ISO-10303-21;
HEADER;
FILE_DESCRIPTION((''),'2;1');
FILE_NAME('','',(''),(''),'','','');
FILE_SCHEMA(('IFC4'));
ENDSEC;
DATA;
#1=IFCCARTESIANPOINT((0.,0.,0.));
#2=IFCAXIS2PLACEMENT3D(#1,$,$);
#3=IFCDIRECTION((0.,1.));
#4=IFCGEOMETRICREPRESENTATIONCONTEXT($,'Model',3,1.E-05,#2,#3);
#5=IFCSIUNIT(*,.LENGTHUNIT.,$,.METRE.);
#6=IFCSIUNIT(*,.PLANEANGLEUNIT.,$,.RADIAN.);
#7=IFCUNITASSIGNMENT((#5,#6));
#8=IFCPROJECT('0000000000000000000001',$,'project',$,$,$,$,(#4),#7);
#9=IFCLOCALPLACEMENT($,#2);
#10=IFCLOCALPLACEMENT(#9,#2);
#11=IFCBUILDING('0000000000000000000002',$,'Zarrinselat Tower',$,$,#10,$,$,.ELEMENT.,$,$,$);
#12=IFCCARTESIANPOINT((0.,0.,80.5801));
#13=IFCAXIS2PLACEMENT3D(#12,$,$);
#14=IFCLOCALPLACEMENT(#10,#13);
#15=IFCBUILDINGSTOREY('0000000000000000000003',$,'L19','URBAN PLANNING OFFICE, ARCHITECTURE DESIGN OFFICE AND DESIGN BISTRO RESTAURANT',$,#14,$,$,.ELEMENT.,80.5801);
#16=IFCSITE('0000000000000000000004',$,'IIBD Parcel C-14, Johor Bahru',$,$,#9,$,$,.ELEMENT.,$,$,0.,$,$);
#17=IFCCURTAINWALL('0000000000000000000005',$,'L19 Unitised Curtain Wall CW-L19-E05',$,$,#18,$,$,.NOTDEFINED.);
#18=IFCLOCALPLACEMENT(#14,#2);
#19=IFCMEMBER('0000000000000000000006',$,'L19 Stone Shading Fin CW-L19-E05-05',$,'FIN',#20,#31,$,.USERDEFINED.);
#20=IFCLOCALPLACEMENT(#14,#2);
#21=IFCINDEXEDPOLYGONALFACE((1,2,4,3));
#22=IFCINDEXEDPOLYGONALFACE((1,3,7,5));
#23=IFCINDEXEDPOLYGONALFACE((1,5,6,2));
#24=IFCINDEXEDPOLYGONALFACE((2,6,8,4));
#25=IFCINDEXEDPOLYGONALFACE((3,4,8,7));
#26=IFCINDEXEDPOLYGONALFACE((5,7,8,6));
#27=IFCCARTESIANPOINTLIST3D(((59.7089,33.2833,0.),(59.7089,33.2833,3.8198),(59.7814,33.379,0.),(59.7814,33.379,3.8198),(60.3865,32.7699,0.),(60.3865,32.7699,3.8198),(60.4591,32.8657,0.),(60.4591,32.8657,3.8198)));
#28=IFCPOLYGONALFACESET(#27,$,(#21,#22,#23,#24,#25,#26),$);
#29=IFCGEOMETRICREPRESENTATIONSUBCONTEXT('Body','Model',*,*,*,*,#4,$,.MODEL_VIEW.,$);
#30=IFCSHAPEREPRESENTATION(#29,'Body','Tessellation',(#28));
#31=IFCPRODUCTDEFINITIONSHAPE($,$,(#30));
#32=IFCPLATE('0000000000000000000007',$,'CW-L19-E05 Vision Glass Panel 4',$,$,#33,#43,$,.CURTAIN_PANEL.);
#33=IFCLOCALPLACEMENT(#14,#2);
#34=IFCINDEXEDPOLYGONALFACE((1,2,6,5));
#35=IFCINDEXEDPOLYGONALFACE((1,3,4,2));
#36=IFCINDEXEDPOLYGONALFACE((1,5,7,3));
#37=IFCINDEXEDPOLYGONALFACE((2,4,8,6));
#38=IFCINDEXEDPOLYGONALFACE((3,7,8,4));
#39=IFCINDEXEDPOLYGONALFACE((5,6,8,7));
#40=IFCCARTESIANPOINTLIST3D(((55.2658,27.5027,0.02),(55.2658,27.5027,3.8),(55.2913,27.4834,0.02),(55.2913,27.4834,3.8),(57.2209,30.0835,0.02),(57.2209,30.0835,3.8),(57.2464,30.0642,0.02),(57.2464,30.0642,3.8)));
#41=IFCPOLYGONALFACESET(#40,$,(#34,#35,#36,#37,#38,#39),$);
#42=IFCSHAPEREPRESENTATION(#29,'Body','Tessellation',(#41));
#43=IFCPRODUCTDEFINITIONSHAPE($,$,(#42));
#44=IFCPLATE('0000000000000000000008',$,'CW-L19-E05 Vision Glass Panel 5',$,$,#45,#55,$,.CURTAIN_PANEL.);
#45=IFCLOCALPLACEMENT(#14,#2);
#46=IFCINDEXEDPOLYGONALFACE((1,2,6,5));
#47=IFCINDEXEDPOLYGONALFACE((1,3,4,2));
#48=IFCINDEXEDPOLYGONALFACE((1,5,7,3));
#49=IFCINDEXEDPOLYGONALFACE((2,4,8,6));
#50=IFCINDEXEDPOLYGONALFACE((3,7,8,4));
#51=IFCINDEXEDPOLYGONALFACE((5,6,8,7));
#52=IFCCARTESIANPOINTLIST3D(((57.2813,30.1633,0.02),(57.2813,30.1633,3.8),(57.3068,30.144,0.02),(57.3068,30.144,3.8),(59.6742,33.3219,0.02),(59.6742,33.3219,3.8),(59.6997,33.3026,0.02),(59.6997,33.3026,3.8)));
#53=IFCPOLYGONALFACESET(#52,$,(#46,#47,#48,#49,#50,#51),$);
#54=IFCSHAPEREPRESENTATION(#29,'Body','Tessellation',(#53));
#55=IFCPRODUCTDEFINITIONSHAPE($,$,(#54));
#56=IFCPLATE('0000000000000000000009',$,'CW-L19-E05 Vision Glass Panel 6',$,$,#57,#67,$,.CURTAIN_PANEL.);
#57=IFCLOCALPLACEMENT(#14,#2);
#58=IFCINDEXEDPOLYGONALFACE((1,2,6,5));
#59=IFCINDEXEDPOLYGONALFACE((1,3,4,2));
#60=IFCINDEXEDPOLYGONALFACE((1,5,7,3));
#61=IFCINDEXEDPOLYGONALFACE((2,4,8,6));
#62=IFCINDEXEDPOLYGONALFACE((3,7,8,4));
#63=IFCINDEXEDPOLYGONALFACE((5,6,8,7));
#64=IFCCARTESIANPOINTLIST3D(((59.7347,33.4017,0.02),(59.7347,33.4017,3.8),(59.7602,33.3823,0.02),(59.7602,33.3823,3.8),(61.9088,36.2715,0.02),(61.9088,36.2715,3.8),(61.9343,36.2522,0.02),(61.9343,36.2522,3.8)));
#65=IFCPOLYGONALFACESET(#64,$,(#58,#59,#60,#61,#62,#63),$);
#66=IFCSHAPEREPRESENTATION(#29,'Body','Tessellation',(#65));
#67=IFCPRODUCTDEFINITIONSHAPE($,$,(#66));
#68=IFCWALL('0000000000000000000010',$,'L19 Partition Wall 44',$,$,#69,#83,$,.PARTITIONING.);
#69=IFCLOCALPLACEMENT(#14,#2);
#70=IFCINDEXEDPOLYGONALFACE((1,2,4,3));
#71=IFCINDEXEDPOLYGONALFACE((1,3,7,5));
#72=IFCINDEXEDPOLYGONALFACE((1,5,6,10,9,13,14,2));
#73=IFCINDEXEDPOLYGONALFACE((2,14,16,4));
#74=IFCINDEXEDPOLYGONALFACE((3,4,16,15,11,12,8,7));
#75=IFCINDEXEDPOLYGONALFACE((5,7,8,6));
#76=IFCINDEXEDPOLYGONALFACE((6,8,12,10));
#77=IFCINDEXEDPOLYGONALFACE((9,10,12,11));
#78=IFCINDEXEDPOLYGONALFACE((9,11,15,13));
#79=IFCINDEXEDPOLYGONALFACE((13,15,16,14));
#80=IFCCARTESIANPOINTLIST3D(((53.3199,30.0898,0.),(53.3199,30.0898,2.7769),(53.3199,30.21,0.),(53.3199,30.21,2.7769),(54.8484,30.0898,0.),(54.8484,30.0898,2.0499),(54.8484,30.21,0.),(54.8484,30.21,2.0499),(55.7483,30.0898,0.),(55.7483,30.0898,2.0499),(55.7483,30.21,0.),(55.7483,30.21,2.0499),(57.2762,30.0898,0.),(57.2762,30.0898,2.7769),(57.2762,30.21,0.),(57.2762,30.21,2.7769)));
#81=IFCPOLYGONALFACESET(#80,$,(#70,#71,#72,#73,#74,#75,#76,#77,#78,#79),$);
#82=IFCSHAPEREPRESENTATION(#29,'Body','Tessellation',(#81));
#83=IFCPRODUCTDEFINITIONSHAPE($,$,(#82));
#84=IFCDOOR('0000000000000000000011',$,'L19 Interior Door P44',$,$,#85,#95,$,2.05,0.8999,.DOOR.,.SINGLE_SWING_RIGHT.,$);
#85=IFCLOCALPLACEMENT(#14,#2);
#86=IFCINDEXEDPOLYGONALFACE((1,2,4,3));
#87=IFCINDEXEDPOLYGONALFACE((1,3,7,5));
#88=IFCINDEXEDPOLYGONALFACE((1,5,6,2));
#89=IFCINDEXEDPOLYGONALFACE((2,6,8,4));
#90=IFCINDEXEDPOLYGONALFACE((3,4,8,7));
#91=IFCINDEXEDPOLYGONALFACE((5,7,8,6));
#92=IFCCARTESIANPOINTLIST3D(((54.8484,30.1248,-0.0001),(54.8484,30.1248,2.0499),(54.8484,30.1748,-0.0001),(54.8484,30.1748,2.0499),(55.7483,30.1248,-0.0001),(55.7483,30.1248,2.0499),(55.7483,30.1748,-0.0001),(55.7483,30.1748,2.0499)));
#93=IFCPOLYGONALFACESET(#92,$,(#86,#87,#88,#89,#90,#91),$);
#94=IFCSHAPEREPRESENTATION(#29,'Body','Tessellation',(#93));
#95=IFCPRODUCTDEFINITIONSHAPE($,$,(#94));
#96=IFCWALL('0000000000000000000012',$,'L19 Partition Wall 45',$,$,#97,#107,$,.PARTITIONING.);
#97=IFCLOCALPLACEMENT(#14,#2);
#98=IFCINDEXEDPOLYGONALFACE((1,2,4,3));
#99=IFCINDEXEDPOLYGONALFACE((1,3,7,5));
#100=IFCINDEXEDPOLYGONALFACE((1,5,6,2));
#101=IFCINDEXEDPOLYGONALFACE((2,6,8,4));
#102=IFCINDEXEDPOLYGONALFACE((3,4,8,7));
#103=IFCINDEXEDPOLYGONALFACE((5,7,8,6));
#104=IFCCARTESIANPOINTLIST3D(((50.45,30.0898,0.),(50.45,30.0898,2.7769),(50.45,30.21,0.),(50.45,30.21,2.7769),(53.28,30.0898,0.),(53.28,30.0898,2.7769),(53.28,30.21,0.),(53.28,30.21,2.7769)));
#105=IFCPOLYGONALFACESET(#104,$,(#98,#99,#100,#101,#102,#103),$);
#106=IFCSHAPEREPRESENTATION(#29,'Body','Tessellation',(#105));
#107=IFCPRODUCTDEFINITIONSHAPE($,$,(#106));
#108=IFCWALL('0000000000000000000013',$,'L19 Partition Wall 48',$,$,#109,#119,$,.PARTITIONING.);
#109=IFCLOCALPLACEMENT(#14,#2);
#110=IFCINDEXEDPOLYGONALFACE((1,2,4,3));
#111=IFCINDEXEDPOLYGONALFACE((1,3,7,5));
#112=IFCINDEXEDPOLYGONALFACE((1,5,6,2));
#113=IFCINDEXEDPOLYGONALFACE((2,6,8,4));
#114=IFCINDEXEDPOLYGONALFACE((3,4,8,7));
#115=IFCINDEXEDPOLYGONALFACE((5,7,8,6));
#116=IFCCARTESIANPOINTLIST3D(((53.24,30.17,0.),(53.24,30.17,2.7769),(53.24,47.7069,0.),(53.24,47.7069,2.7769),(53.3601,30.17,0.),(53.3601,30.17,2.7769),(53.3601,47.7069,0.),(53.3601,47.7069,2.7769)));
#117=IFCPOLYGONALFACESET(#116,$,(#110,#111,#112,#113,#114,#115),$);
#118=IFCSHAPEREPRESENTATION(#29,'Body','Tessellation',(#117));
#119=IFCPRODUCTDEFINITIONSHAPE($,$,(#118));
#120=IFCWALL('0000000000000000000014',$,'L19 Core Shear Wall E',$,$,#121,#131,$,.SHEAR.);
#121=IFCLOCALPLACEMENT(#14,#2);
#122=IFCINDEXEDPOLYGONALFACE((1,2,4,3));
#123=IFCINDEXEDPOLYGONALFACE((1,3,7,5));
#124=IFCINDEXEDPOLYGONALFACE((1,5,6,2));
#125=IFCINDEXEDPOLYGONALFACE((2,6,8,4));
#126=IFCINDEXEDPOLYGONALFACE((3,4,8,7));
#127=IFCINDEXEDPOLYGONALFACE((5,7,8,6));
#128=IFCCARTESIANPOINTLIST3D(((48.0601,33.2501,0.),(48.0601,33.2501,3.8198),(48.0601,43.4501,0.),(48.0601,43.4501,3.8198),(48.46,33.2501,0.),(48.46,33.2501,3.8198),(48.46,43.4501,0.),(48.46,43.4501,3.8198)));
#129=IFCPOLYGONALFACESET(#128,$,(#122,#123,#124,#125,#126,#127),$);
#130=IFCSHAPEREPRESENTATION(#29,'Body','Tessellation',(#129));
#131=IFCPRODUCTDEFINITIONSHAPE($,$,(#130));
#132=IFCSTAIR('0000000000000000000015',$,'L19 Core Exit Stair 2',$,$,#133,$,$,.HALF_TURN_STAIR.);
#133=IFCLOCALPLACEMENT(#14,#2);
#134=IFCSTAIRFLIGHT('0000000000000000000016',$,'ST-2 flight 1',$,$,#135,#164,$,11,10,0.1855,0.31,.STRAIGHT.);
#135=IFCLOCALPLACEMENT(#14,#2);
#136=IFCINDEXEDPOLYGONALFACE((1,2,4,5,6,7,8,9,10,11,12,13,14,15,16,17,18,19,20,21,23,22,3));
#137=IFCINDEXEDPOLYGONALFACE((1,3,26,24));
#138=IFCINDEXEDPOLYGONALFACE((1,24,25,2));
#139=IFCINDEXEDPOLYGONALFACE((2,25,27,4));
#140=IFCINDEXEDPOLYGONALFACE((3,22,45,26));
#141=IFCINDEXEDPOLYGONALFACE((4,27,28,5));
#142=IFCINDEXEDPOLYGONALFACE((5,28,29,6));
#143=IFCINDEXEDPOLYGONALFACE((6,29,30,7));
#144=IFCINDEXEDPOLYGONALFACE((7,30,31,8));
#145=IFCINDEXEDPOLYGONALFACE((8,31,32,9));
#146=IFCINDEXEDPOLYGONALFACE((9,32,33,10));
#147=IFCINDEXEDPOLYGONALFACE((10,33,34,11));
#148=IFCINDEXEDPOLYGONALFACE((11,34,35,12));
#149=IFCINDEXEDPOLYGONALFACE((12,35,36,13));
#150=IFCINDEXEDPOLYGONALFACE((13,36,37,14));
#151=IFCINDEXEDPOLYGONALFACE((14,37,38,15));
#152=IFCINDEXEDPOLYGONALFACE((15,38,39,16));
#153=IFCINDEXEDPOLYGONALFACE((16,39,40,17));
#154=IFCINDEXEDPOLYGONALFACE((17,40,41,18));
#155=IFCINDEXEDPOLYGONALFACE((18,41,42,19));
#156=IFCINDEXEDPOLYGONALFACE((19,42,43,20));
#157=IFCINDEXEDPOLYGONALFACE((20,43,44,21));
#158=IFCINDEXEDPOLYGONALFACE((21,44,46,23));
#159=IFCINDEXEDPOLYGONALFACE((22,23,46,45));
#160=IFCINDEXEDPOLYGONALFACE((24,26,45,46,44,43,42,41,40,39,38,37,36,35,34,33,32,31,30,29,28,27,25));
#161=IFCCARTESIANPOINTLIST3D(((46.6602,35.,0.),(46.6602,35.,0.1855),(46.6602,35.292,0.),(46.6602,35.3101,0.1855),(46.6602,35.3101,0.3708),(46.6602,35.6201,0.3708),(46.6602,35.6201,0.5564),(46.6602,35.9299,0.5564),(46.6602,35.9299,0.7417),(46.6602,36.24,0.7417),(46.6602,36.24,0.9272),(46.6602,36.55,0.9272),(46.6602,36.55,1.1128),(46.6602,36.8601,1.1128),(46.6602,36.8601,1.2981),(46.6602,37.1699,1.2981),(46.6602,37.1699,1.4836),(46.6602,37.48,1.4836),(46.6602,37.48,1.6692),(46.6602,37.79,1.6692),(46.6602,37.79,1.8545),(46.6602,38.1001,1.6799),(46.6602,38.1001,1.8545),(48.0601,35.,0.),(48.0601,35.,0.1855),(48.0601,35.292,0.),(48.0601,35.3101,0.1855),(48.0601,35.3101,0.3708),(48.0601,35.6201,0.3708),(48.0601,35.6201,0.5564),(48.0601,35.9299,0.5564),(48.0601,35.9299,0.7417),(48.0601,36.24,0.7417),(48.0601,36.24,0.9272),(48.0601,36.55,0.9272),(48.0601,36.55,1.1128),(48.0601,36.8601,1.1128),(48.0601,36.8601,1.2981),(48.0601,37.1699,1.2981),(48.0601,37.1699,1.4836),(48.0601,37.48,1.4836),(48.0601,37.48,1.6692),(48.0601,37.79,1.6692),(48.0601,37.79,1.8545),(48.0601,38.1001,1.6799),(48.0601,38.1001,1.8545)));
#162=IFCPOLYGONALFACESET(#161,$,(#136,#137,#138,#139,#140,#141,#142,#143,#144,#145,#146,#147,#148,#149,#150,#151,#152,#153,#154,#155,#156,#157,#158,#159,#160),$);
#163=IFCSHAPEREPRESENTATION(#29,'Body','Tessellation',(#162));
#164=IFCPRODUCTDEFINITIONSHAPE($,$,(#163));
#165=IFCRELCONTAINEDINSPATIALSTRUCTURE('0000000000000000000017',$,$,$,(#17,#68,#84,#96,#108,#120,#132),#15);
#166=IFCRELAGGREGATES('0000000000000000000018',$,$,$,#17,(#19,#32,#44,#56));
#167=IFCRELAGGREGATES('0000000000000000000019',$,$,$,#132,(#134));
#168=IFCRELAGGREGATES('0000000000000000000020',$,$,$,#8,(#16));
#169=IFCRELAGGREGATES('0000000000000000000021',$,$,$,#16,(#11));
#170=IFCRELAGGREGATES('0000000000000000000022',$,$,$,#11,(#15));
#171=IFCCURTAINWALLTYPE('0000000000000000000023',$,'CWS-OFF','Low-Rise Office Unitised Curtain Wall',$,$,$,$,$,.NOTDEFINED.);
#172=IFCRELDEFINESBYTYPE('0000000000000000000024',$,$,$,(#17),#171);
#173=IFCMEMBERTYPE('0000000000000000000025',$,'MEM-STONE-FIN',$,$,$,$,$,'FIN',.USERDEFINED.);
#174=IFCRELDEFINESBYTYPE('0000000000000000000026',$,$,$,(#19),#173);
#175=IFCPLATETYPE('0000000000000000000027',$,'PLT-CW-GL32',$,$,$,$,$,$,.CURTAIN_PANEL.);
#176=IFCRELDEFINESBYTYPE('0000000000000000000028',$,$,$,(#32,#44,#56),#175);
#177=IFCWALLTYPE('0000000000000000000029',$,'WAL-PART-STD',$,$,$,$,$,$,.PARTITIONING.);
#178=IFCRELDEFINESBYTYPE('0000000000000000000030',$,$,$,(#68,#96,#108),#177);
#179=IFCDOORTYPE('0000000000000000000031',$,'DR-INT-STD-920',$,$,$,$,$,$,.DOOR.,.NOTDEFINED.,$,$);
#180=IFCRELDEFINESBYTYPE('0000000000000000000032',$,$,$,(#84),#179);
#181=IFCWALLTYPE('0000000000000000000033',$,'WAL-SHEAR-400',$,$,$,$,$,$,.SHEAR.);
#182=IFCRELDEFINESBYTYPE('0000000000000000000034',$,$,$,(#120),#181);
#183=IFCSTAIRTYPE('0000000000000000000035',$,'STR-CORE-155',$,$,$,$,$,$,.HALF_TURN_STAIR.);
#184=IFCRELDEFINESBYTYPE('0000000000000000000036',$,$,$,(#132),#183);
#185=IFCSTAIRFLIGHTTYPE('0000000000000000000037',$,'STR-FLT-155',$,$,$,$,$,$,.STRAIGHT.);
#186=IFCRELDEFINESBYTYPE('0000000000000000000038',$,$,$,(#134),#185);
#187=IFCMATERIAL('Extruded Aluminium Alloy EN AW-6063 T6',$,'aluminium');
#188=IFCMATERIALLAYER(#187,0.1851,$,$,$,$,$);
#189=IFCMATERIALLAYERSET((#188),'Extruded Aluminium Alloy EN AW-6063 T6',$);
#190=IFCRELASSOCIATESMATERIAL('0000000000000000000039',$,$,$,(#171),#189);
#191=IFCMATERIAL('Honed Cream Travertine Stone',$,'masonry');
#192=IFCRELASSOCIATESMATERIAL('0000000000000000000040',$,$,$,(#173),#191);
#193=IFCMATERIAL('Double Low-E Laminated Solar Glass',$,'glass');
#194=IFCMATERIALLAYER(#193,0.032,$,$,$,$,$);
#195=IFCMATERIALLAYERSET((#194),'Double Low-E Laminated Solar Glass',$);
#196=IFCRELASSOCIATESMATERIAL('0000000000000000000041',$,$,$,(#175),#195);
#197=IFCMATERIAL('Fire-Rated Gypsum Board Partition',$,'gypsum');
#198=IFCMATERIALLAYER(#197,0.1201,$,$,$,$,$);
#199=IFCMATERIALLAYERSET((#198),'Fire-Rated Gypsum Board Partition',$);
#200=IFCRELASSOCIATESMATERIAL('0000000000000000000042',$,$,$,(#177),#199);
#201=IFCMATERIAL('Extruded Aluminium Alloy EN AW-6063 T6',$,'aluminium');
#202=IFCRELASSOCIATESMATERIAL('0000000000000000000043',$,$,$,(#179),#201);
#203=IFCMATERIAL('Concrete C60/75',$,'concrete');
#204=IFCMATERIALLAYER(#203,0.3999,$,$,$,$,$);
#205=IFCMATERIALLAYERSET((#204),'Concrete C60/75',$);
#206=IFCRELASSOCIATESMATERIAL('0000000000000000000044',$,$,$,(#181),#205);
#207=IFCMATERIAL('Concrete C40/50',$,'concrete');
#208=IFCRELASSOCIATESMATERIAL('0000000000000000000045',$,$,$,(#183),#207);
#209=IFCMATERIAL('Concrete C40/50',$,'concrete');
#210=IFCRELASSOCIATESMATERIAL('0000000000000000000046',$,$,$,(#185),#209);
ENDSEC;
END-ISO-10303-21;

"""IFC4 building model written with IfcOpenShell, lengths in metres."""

from ifc_helpers import new_model, si_unit, direction, frame, frame_2d, origin, origin_2d, place, context, subcontext, project, spatial, polyline, rectangle, outline, extrude, material, layer, layer_set, material_profile, profile_set, type_object, element, fill, aggregate, save


model = new_model("IFC4")

# Units and contexts
model_context = context("Model", 3, precision=1e-05, world=origin(), true_north=direction((0.0, 1.0)))
body_context = subcontext(model_context, "Body", "Model", "MODEL_VIEW")
ifc_project = project(units=[si_unit("LENGTHUNIT", "METRE"), si_unit("PLANEANGLEUNIT", "RADIAN")], contexts=[model_context])

# Site, building, storey
site_placement = place(None, origin())
site = spatial("IfcSite", under=ifc_project, at=site_placement, Name="IIBD Parcel C-14, Johor Bahru", CompositionType="ELEMENT", RefElevation=0.0)
building_placement = place(site_placement, origin())
building = spatial("IfcBuilding", under=site, at=building_placement, Name="Zarrinselat Tower", CompositionType="ELEMENT")
storey_placement = place(building_placement, frame((0.0, 0.0, 80.5801)))
storey = spatial("IfcBuildingStorey", under=building, at=storey_placement, Name="L19", Description="URBAN PLANNING OFFICE, ARCHITECTURE DESIGN OFFICE AND DESIGN BISTRO RESTAURANT", CompositionType="ELEMENT", Elevation=80.5801)

# Curtain wall, member, plates
ifc_material_1 = material(Name="Extruded Aluminium Alloy EN AW-6063 T6", Category="aluminium")
ifc_layer_1 = layer(ifc_material_1, 0.1851)
ifc_layer_set_1 = layer_set([ifc_layer_1], Name="Extruded Aluminium Alloy EN AW-6063 T6")
curtain_wall_type = type_object("IfcCurtainWallType", Name="CWS-OFF", Description="Low-Rise Office Unitised Curtain Wall", PredefinedType="NOTDEFINED", material=ifc_layer_set_1)
curtain_wall_placement = place(storey_placement, origin())
curtain_wall = element("IfcCurtainWall", 1, at=curtain_wall_placement, inside=storey, type_object=curtain_wall_type, Name="L19 Unitised Curtain Wall CW-L19-E05", PredefinedType="NOTDEFINED")
ifc_material_2 = material(Name="Honed Cream Travertine Stone", Category="masonry")
ifc_material_profile_1 = material_profile(ifc_material_2, rectangle(XDim=0.1201, YDim=0.8501, at=origin_2d()), Name="FIN 850x120")
ifc_profile_set_1 = profile_set([ifc_material_profile_1], Name="Honed Cream Travertine Stone")
member_type_1 = type_object("IfcMemberType", Name="MEM-STONE-FIN", ElementType="FIN", PredefinedType="USERDEFINED", material=ifc_profile_set_1)
member_1_placement = place(storey_placement, frame((60.084, 33.0745, 0.0), z_axis=(0.0, 0.0, 1.0), x_axis=(-0.603855, -0.797094, 0.0)))
member_1 = element("IfcMember", 2, at=member_1_placement, type_object=member_type_1, Name="L19 Stone Shading Fin CW-L19-E05-05", ObjectType="FIN", PredefinedType="USERDEFINED", context=body_context, shape_type="SweptSolid", body=[
    extrude(rectangle(XDim=0.1201, YDim=0.8501, at=origin_2d()), origin(), (0.0, 0.0, 1.0), 3.8198),
])
ifc_material_3 = material(Name="Double Low-E Laminated Solar Glass", Category="glass")
ifc_layer_2 = layer(ifc_material_3, 0.032)
ifc_layer_set_2 = layer_set([ifc_layer_2], Name="Double Low-E Laminated Solar Glass")
plate_type = type_object("IfcPlateType", Name="PLT-CW-GL32", PredefinedType="CURTAIN_PANEL", material=ifc_layer_set_2)
plate_1_placement = place(storey_placement, frame((56.2561, 28.7834, 0.02), z_axis=(0.0, 0.0, 1.0), x_axis=(0.603855, 0.797094, 0.0)))
plate_1 = element("IfcPlate", 3, at=plate_1_placement, type_object=plate_type, Name="CW-L19-E05 Vision Glass Panel 4", PredefinedType="CURTAIN_PANEL", context=body_context, shape_type="SweptSolid", body=[
    extrude(rectangle(XDim=3.2378, YDim=0.032, at=origin_2d()), origin(), (0.0, 0.0, 1.0), 3.78),
])
plate_2_placement = place(storey_placement, frame((58.4905, 31.7329, 0.02), z_axis=(0.0, 0.0, 1.0), x_axis=(0.603855, 0.797094, 0.0)))
plate_2 = element("IfcPlate", 4, at=plate_2_placement, type_object=plate_type, Name="CW-L19-E05 Vision Glass Panel 5", PredefinedType="CURTAIN_PANEL", context=body_context, shape_type="SweptSolid", body=[
    extrude(rectangle(XDim=3.9626, YDim=0.032, at=origin_2d()), origin(), (0.0, 0.0, 1.0), 3.78),
])
plate_3_placement = place(storey_placement, frame((60.8345, 34.8269, 0.02), z_axis=(0.0, 0.0, 1.0), x_axis=(0.603855, 0.797094, 0.0)))
plate_3 = element("IfcPlate", 5, at=plate_3_placement, type_object=plate_type, Name="CW-L19-E05 Vision Glass Panel 6", PredefinedType="CURTAIN_PANEL", context=body_context, shape_type="SweptSolid", body=[
    extrude(rectangle(XDim=3.6003, YDim=0.032, at=origin_2d()), origin(), (0.0, 0.0, 1.0), 3.78),
])
aggregate(curtain_wall, [member_1, plate_1, plate_2, plate_3])

# Wall, opening, door
ifc_material_4 = material(Name="Fire-Rated Gypsum Board Partition", Category="gypsum")
ifc_layer_3 = layer(ifc_material_4, 0.1201)
ifc_layer_set_3 = layer_set([ifc_layer_3], Name="Fire-Rated Gypsum Board Partition")
wall_type_1 = type_object("IfcWallType", Name="WAL-PART-STD", PredefinedType="PARTITIONING", material=ifc_layer_set_3)
wall_1_placement = place(storey_placement, frame((53.3201, 30.1499, 0.0), z_axis=(0.0, 0.0, 1.0), x_axis=(1.0, 0.0, 0.0)))
wall_1 = element("IfcWall", 6, at=wall_1_placement, inside=storey, type_object=wall_type_1, Name="L19 Partition Wall 44", PredefinedType="PARTITIONING", context=body_context, shape_type="SweptSolid", body=[
    extrude(rectangle(XDim=3.9563, YDim=0.1201, at=frame_2d((1.978, 0.0))), origin(), (0.0, 0.0, 1.0), 2.7769),
])
opening_placement = place(wall_1_placement, frame((1.5283, 0.0, 0.0)))
opening = element("IfcOpeningElement", 7, at=opening_placement, cuts=wall_1, PredefinedType="OPENING", context=body_context, shape_type="SweptSolid", body=[
    extrude(rectangle(XDim=0.8999, YDim=2.05, at=frame_2d((0.45, 1.0249))), frame((0.0, 0.0701, 0.0), z_axis=(0.0, -1.0, 0.0), x_axis=(1.0, 0.0, 0.0)), (0.0, 0.0, 1.0), 0.1401),
])
ifc_material_5 = material(Name="Extruded Aluminium Alloy EN AW-6063 T6", Category="aluminium")
door_type = type_object("IfcDoorType", Name="DR-INT-STD-920", OperationType="NOTDEFINED", PredefinedType="DOOR", material=ifc_material_5)
door_placement = place(opening_placement, origin())
door = element("IfcDoor", 8, at=door_placement, inside=storey, type_object=door_type, Name="L19 Interior Door P44", OperationType="SINGLE_SWING_RIGHT", OverallHeight=2.05, OverallWidth=0.8999, PredefinedType="DOOR", context=body_context, shape_type="SweptSolid", body=[
    extrude(rectangle(XDim=0.8999, YDim=2.05, at=frame_2d((0.45, 1.0249))), frame((0.0, 0.0249, 0.0), z_axis=(0.0, -1.0, 0.0), x_axis=(1.0, 0.0, 0.0)), (0.0, 0.0, 1.0), 0.05),
])
fill(opening, door)

# Walls
wall_2_placement = place(storey_placement, frame((50.45, 30.1499, 0.0), z_axis=(0.0, 0.0, 1.0), x_axis=(1.0, 0.0, 0.0)))
element("IfcWall", 9, at=wall_2_placement, inside=storey, type_object=wall_type_1, Name="L19 Partition Wall 45", PredefinedType="PARTITIONING", context=body_context, shape_type="SweptSolid", body=[
    extrude(rectangle(XDim=2.8301, YDim=0.1201, at=frame_2d((1.415, 0.0))), origin(), (0.0, 0.0, 1.0), 2.7769),
])
wall_3_placement = place(storey_placement, frame((53.3, 30.1699, 0.0), z_axis=(0.0, 0.0, 1.0), x_axis=(0.0, 1.0, 0.0)))
element("IfcWall", 10, at=wall_3_placement, inside=storey, type_object=wall_type_1, Name="L19 Partition Wall 48", PredefinedType="PARTITIONING", context=body_context, shape_type="SweptSolid", body=[
    extrude(rectangle(XDim=17.5369, YDim=0.1201, at=frame_2d((8.7686, 0.0))), origin(), (0.0, 0.0, 1.0), 2.7769),
])
ifc_material_6 = material(Name="Concrete C60/75", Category="concrete")
ifc_layer_4 = layer(ifc_material_6, 0.3999)
ifc_layer_set_4 = layer_set([ifc_layer_4], Name="Concrete C60/75")
wall_type_2 = type_object("IfcWallType", Name="WAL-SHEAR-400", PredefinedType="SHEAR", material=ifc_layer_set_4)
wall_4_placement = place(storey_placement, frame((48.26, 33.25, 0.0), z_axis=(0.0, 0.0, 1.0), x_axis=(0.0, 1.0, 0.0)))
element("IfcWall", 11, at=wall_4_placement, inside=storey, type_object=wall_type_2, Name="L19 Core Shear Wall E", PredefinedType="SHEAR", context=body_context, shape_type="SweptSolid", body=[
    extrude(rectangle(XDim=10.2, YDim=0.3999, at=frame_2d((5.1001, 0.0))), origin(), (0.0, 0.0, 1.0), 3.8198),
])

# Stair, stair flight
ifc_material_7 = material(Name="Concrete C40/50", Category="concrete")
stair_type = type_object("IfcStairType", Name="STR-CORE-155", PredefinedType="HALF_TURN_STAIR", material=ifc_material_7)
stair_placement = place(storey_placement, origin())
stair = element("IfcStair", 12, at=stair_placement, inside=storey, type_object=stair_type, Name="L19 Core Exit Stair 2", PredefinedType="HALF_TURN_STAIR")
ifc_material_8 = material(Name="Concrete C40/50", Category="concrete")
stair_flight_type = type_object("IfcStairFlightType", Name="STR-FLT-155", PredefinedType="STRAIGHT", material=ifc_material_8)
stair_flight_placement = place(storey_placement, frame((47.3601, 35.0, 0.0), z_axis=(0.0, 0.0, 1.0), x_axis=(0.0, 1.0, 0.0)))
stair_flight = element("IfcStairFlight", 13, at=stair_flight_placement, type_object=stair_flight_type, Name="ST-2 flight 1", NumberOfRisers=11, NumberOfTreads=10, PredefinedType="STRAIGHT", RiserHeight=0.1855, TreadLength=0.31, context=body_context, shape_type="SweptSolid", body=[
    extrude(outline(polyline([(0.0, 0.0), (0.0, 0.1855), (0.3101, 0.1855), (0.3101, 0.3708), (0.6201, 0.3708), (0.6201, 0.5564), (0.9299, 0.5564), (0.9299, 0.7417), (1.24, 0.7417), (1.24, 0.9272), (1.55, 0.9272), (1.55, 1.1128), (1.8601, 1.1128), (1.8601, 1.2981), (2.1699, 1.2981), (2.1699, 1.4836), (2.48, 1.4836), (2.48, 1.6692), (2.79, 1.6692), (2.79, 1.8545), (3.1001, 1.8545), (3.1001, 2.04), (3.1001, 1.6799), (0.292, 0.0), (0.0, 0.0)])), frame((0.0, 0.7, 0.0), z_axis=(0.0, -1.0, 0.0), x_axis=(1.0, 0.0, 0.0)), (0.0, 0.0, 1.0), 1.3999),
])
aggregate(stair, [stair_flight])

save(model, "model.ifc")
